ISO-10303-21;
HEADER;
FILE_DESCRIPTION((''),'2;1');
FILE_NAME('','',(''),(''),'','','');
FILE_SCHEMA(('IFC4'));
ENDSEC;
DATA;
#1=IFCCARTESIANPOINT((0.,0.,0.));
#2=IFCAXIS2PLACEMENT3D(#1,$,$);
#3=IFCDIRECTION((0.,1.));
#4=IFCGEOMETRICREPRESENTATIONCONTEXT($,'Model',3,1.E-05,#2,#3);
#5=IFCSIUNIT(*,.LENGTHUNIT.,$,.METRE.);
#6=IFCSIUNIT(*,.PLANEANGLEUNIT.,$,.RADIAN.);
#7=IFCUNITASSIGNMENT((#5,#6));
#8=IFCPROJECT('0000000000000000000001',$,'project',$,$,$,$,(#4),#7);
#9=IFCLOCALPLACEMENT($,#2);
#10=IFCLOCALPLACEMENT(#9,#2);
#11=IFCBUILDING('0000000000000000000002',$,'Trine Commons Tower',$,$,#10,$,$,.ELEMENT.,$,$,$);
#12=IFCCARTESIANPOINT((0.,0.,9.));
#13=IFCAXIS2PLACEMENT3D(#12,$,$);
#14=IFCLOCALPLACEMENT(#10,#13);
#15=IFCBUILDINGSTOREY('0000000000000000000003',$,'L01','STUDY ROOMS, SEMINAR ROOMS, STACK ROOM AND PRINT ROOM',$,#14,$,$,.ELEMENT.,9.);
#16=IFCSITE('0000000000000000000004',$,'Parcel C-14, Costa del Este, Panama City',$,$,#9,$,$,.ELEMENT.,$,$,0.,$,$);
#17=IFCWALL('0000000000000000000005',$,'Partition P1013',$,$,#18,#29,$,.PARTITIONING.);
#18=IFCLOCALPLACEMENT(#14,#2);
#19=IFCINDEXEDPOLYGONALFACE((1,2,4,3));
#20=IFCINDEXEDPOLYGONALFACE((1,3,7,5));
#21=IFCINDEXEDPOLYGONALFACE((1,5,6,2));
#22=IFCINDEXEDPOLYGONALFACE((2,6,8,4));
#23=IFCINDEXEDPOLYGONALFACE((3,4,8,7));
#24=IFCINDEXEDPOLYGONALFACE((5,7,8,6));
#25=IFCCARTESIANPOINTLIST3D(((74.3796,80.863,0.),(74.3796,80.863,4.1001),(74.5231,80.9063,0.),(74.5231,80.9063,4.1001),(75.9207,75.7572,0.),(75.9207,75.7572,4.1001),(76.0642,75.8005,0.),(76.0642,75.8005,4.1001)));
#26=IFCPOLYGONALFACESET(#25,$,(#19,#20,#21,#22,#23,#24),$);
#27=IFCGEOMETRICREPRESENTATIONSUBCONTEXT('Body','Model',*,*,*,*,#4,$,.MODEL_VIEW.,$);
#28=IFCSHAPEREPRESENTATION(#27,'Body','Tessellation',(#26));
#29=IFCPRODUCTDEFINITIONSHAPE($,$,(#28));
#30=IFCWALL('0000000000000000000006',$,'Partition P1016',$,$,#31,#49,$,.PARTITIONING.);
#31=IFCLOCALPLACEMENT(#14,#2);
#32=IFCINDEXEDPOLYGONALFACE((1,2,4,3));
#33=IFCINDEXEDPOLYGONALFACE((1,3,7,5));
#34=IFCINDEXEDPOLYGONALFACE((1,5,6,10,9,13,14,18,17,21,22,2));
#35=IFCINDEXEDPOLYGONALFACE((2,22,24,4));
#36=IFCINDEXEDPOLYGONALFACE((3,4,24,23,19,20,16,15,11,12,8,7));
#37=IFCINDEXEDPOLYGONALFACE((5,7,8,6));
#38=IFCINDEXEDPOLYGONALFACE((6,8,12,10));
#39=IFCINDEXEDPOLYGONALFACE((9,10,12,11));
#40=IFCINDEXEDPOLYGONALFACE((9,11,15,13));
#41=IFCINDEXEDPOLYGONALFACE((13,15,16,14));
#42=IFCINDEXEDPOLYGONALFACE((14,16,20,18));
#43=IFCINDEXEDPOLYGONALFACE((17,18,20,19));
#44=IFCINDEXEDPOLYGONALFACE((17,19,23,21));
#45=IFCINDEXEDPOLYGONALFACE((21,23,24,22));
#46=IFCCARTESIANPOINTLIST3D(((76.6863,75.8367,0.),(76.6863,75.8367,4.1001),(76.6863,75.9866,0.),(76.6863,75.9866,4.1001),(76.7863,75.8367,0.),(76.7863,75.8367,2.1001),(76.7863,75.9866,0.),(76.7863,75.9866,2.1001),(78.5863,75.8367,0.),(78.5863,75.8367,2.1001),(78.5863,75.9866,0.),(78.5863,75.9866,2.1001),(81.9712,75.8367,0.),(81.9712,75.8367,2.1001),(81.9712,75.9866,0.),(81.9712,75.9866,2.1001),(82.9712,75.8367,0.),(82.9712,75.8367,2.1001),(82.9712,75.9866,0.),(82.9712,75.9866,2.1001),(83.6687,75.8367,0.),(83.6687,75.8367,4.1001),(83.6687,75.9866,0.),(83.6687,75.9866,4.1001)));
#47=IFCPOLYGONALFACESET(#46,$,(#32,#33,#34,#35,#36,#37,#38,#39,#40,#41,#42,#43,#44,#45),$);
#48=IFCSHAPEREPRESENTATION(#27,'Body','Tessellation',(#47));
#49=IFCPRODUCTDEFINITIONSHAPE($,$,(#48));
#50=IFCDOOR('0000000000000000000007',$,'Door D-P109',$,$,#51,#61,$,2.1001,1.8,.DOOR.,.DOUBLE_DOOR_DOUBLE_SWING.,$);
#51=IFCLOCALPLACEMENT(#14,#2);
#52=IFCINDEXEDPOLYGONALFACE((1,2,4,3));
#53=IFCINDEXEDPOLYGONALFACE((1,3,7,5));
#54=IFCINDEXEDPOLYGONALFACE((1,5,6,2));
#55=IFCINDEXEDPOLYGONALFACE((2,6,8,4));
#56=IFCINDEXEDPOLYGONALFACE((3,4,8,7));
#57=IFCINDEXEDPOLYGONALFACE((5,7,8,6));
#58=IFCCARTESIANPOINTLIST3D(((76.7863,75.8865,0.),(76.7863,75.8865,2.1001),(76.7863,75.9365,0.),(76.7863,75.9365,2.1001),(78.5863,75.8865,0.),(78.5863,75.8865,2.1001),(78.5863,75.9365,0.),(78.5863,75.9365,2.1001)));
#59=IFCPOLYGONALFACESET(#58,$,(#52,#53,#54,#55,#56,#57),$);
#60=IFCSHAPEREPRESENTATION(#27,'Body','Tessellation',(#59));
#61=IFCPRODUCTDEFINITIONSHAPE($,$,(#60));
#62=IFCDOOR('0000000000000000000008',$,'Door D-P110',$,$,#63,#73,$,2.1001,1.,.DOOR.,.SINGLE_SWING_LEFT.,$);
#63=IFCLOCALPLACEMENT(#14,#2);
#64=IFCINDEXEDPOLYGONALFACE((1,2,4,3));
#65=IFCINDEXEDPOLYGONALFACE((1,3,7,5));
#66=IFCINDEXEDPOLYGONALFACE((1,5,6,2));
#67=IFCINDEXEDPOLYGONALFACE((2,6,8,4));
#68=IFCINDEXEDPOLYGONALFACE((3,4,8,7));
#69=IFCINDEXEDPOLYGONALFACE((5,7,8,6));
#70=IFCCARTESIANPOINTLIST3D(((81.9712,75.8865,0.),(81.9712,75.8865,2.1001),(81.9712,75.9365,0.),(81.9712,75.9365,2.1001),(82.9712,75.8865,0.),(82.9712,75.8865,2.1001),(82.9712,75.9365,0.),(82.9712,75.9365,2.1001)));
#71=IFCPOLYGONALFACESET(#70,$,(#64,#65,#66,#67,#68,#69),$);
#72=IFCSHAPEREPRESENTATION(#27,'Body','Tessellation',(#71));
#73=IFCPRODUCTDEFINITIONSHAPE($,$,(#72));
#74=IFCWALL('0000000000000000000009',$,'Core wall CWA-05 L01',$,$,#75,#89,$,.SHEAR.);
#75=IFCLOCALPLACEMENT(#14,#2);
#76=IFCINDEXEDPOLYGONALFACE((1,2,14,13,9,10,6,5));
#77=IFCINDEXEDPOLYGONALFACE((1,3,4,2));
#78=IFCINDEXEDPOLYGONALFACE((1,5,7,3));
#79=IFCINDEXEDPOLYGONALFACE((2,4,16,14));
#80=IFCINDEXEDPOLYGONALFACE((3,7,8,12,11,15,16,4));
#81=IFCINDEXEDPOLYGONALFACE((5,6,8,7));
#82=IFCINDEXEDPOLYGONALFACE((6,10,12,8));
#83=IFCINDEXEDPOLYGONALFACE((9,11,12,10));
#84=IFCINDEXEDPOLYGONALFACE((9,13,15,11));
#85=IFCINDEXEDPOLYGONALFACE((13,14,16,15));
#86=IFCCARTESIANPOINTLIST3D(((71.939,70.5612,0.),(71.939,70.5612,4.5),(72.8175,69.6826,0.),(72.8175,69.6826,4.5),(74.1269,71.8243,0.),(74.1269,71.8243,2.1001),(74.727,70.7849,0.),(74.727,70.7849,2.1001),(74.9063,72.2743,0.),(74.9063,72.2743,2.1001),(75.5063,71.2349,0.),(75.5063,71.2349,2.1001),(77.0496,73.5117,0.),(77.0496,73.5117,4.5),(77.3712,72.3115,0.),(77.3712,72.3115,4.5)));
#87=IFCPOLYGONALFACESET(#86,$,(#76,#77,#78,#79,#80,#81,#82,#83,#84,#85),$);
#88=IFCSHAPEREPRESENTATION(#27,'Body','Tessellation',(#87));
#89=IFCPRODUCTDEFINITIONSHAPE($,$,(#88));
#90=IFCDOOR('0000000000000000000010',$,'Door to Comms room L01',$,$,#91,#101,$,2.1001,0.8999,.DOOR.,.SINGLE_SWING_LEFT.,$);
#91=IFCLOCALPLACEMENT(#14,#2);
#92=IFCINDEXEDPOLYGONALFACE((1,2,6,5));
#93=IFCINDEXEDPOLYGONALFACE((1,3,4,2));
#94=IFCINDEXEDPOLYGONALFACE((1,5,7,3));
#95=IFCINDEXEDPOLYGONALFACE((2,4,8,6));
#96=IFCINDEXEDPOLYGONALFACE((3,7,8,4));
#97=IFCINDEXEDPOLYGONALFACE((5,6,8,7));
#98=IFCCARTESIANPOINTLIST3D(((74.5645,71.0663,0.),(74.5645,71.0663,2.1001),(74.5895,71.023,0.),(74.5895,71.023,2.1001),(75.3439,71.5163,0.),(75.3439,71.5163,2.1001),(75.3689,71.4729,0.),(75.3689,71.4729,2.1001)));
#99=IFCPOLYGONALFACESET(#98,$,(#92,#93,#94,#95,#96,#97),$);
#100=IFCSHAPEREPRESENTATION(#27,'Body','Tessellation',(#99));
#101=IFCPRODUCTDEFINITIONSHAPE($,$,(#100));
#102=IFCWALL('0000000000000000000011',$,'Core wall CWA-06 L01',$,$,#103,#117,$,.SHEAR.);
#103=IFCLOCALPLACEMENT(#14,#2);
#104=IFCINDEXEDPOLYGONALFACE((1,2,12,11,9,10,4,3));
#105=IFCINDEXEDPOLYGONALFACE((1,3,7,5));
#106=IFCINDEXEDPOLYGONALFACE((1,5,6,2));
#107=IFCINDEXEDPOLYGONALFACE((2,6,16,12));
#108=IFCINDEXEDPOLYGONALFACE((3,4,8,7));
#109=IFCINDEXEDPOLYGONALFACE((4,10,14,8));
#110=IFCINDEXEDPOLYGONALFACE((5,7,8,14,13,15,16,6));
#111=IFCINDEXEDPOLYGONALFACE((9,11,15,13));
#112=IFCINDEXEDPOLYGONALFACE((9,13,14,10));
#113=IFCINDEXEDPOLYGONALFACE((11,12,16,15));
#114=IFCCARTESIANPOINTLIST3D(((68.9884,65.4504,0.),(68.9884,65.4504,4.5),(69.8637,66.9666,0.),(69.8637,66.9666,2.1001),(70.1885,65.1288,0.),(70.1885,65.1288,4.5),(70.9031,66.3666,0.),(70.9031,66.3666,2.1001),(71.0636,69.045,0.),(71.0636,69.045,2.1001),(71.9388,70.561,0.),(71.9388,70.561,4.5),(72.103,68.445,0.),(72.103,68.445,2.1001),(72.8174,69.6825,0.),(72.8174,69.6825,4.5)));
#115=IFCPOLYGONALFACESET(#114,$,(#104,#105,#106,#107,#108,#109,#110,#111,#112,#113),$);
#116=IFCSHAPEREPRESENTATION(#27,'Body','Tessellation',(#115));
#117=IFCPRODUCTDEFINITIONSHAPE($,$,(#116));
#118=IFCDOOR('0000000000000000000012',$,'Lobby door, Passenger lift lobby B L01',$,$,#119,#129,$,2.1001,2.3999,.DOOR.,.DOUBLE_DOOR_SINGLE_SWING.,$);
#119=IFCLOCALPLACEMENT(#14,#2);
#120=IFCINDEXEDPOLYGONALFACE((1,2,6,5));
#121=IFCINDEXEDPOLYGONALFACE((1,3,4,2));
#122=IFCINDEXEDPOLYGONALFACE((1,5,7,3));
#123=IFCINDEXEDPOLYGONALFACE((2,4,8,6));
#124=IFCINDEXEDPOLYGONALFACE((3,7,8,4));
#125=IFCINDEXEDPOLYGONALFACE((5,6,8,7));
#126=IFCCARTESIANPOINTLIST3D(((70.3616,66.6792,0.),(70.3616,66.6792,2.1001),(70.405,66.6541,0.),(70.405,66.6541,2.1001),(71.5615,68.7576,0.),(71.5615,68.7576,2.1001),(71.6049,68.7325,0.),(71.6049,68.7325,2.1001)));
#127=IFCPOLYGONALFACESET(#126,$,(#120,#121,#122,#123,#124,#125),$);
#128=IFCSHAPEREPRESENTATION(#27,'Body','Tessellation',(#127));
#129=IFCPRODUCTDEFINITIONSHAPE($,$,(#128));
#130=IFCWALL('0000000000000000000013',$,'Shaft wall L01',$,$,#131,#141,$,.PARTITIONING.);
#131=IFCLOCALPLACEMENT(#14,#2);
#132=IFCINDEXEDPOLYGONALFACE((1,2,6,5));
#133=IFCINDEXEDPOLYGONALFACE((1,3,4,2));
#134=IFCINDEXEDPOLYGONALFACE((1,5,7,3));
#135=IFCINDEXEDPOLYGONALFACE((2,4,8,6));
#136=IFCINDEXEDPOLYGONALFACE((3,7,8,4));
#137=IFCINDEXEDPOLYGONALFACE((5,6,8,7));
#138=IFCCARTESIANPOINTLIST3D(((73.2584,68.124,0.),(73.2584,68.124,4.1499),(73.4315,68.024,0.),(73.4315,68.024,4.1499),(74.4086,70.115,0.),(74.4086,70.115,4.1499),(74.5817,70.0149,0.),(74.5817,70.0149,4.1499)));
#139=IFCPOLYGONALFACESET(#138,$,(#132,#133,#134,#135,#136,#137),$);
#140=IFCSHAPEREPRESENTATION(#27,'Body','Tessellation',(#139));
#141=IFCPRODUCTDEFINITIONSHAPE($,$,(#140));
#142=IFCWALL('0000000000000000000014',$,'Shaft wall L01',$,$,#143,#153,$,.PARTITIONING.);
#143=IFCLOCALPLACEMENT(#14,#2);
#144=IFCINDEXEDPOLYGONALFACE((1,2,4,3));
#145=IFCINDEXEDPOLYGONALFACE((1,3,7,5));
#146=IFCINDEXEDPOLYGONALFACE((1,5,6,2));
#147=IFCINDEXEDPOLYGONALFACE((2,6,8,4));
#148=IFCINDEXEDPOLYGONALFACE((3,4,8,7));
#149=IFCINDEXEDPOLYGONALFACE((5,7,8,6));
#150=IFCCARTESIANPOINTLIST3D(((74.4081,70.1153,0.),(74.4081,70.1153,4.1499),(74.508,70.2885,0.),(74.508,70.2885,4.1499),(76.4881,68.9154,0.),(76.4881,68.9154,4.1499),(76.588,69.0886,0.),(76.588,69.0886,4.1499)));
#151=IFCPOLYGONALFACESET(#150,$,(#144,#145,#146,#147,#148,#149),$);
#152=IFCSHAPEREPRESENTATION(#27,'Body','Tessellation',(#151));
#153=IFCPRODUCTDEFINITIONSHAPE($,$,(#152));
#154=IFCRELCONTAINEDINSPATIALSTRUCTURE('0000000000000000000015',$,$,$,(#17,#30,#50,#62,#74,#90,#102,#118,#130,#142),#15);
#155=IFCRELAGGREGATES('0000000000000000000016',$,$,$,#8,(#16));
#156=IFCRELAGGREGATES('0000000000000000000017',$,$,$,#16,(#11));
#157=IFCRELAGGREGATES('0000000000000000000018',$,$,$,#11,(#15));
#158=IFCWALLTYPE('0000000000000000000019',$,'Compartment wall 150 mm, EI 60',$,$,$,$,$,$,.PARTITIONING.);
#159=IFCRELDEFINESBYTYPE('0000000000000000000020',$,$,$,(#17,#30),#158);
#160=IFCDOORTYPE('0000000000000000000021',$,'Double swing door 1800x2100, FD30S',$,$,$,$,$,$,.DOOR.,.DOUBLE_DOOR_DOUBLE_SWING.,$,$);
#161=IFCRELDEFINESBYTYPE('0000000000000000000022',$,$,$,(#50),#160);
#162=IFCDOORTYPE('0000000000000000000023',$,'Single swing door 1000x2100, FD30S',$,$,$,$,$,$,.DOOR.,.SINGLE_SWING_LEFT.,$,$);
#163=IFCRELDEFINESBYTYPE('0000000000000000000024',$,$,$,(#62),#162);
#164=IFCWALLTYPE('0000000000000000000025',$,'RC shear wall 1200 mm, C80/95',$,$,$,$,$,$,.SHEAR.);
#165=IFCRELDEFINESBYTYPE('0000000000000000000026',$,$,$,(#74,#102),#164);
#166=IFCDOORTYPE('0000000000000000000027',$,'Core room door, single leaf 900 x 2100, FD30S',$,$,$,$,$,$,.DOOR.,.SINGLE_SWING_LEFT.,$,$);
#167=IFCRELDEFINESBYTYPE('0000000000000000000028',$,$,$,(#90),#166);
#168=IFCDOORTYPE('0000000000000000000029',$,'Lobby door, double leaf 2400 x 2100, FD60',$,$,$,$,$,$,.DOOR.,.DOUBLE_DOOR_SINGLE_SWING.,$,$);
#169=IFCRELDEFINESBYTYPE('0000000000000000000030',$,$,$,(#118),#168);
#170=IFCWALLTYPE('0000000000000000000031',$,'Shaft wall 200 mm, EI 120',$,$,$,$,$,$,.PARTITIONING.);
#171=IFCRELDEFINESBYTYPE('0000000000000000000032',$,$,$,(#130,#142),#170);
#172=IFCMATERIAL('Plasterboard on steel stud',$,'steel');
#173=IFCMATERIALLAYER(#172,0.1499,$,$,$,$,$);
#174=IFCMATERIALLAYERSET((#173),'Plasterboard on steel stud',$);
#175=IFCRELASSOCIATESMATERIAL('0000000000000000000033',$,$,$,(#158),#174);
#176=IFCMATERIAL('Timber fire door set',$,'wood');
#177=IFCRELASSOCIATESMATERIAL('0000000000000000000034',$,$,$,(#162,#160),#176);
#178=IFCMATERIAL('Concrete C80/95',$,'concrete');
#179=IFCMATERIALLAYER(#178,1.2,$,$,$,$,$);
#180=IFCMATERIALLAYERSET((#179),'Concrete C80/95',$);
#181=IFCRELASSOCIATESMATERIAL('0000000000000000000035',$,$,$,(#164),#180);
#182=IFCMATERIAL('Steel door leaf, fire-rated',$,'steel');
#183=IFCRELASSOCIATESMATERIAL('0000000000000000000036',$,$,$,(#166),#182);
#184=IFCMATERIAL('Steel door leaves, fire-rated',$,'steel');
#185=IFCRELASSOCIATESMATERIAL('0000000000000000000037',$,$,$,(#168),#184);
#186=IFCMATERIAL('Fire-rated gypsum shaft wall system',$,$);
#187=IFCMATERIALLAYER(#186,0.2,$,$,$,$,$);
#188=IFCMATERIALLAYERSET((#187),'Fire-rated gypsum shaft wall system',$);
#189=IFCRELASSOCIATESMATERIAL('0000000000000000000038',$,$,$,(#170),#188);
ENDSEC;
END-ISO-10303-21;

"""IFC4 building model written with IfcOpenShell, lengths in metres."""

from ifc_helpers import new_model, si_unit, direction, frame, frame_2d, origin, place, context, subcontext, project, spatial, polyline, rectangle, outline, extrude, material, layer, layer_set, type_object, element, fill, save


model = new_model("IFC4")

# Units and contexts
model_context = context("Model", 3, precision=1e-05, world=origin(), true_north=direction((0.0, 1.0)))
body_context = subcontext(model_context, "Body", "Model", "MODEL_VIEW")
ifc_project = project(units=[si_unit("LENGTHUNIT", "METRE"), si_unit("PLANEANGLEUNIT", "RADIAN")], contexts=[model_context])

# Site, building, storey
site_placement = place(None, origin())
site = spatial("IfcSite", under=ifc_project, at=site_placement, Name="Parcel C-14, Costa del Este, Panama City", CompositionType="ELEMENT", RefElevation=0.0)
building_placement = place(site_placement, origin())
building = spatial("IfcBuilding", under=site, at=building_placement, Name="Trine Commons Tower", CompositionType="ELEMENT")
storey_placement = place(building_placement, frame((0.0, 0.0, 9.0)))
storey = spatial("IfcBuildingStorey", under=building, at=storey_placement, Name="L01", Description="STUDY ROOMS, SEMINAR ROOMS, STACK ROOM AND PRINT ROOM", CompositionType="ELEMENT", Elevation=9.0)

# Shared definitions
ifc_material_1 = material(Name="Concrete C80/95", Category="concrete")

# Shared definitions
ifc_material_2 = material(Name="Plasterboard on steel stud", Category="steel")
ifc_layer_1 = layer(ifc_material_2, 0.1499)
ifc_layer_set_1 = layer_set([ifc_layer_1], Name="Plasterboard on steel stud")
wall_type_1 = type_object("IfcWallType", Name="Compartment wall 150 mm, EI 60", PredefinedType="PARTITIONING", material=ifc_layer_set_1)
ifc_material_3 = material(Name="Timber fire door set", Category="wood")
door_type_1 = type_object("IfcDoorType", Name="Single swing door 1000x2100, FD30S", OperationType="SINGLE_SWING_LEFT", PredefinedType="DOOR", material=ifc_material_3)

# Wall
wall_1_placement = place(storey_placement, frame((74.4514, 80.8845, 0.0), z_axis=(0.0, 0.0, 1.0), x_axis=(0.288948, -0.957345, 0.0)))
element("IfcWall", 1, at=wall_1_placement, inside=storey, type_object=wall_type_1, Name="Partition P1013", PredefinedType="PARTITIONING", context=body_context, shape_type="SweptSolid", body=[
    extrude(rectangle(XDim=5.3333, YDim=0.1499, at=frame_2d((2.6665, 0.0))), origin(), (0.0, 0.0, 1.0), 4.1001),
])

# Wall, openings, doors
wall_2_placement = place(storey_placement, frame((76.6863, 75.9116, 0.0), z_axis=(0.0, 0.0, 1.0), x_axis=(1.0, 0.0, 0.0)))
wall_2 = element("IfcWall", 2, at=wall_2_placement, inside=storey, type_object=wall_type_1, Name="Partition P1016", PredefinedType="PARTITIONING", context=body_context, shape_type="SweptSolid", body=[
    extrude(rectangle(XDim=6.9824, YDim=0.1499, at=frame_2d((3.4912, 0.0))), origin(), (0.0, 0.0, 1.0), 4.1001),
])
opening_1_placement = place(wall_2_placement, frame((0.1001, 0.0, 0.0)))
opening_1 = element("IfcOpeningElement", 3, at=opening_1_placement, cuts=wall_2, PredefinedType="OPENING", context=body_context, shape_type="SweptSolid", body=[
    extrude(rectangle(XDim=1.8, YDim=2.1001, at=frame_2d((0.8999, 1.05))), frame((0.0, 0.085, 0.0), z_axis=(0.0, -1.0, 0.0), x_axis=(1.0, 0.0, 0.0)), (0.0, 0.0, 1.0), 0.1699),
])
opening_2_placement = place(wall_2_placement, frame((5.2849, 0.0, 0.0)))
opening_2 = element("IfcOpeningElement", 4, at=opening_2_placement, cuts=wall_2, PredefinedType="OPENING", context=body_context, shape_type="SweptSolid", body=[
    extrude(rectangle(XDim=1.0, YDim=2.1001, at=frame_2d((0.5, 1.05))), frame((0.0, 0.085, 0.0), z_axis=(0.0, -1.0, 0.0), x_axis=(1.0, 0.0, 0.0)), (0.0, 0.0, 1.0), 0.1699),
])
door_type_2 = type_object("IfcDoorType", Name="Double swing door 1800x2100, FD30S", OperationType="DOUBLE_DOOR_DOUBLE_SWING", PredefinedType="DOOR", material=ifc_material_3)
door_1_placement = place(opening_1_placement, origin())
door_1 = element("IfcDoor", 5, at=door_1_placement, inside=storey, type_object=door_type_2, Name="Door D-P109", OperationType="DOUBLE_DOOR_DOUBLE_SWING", OverallHeight=2.1001, OverallWidth=1.8, PredefinedType="DOOR", context=body_context, shape_type="SweptSolid", body=[
    extrude(rectangle(XDim=1.8, YDim=2.1001, at=frame_2d((0.8999, 1.05))), frame((0.0, 0.0249, 0.0), z_axis=(0.0, -1.0, 0.0), x_axis=(1.0, 0.0, 0.0)), (0.0, 0.0, 1.0), 0.05),
])
fill(opening_1, door_1)
door_2_placement = place(opening_2_placement, origin())
door_2 = element("IfcDoor", 6, at=door_2_placement, inside=storey, type_object=door_type_1, Name="Door D-P110", OperationType="SINGLE_SWING_LEFT", OverallHeight=2.1001, OverallWidth=1.0, PredefinedType="DOOR", context=body_context, shape_type="SweptSolid", body=[
    extrude(rectangle(XDim=1.0, YDim=2.1001, at=frame_2d((0.5, 1.05))), frame((0.0, 0.0249, 0.0), z_axis=(0.0, -1.0, 0.0), x_axis=(1.0, 0.0, 0.0)), (0.0, 0.0, 1.0), 0.05),
])
fill(opening_2, door_2)

# Walls, openings, doors
ifc_layer_2 = layer(ifc_material_1, 1.2)
ifc_layer_set_2 = layer_set([ifc_layer_2], Name="Concrete C80/95")
wall_type_2 = type_object("IfcWallType", Name="RC shear wall 1200 mm, C80/95", PredefinedType="SHEAR", material=ifc_layer_set_2)
wall_3_placement = place(storey_placement, frame((77.3496, 72.9919, 0.0), z_axis=(0.0, 0.0, 1.0), x_axis=(-0.866037, -0.499979, 0.0)))
wall_3 = element("IfcWall", 7, at=wall_3_placement, inside=storey, type_object=wall_type_2, Name="Core wall CWA-05 L01", PredefinedType="SHEAR", context=body_context, shape_type="SweptSolid", body=[
    extrude(outline(polyline([(0.0, -0.6001), (5.9011, -0.6001), (5.5796, 0.6001), (0.3215, 0.6001), (0.0, -0.6001)])), origin(), (0.0, 0.0, 1.0), 4.5),
])
opening_3_placement = place(wall_3_placement, frame((2.4749, 0.0, 0.0)))
opening_3 = element("IfcOpeningElement", 8, at=opening_3_placement, cuts=wall_3, PredefinedType="OPENING", context=body_context, shape_type="SweptSolid", body=[
    extrude(rectangle(XDim=0.8999, YDim=2.1001, at=frame_2d((0.45, 1.05))), frame((0.0, 0.6099, 0.0), z_axis=(0.0, -1.0, 0.0), x_axis=(1.0, 0.0, 0.0)), (0.0, 0.0, 1.0), 1.22),
])
ifc_material_4 = material(Name="Steel door leaf, fire-rated", Category="steel")
door_type_3 = type_object("IfcDoorType", Name="Core room door, single leaf 900 x 2100, FD30S", OperationType="SINGLE_SWING_LEFT", PredefinedType="DOOR", material=ifc_material_4)
door_3_placement = place(opening_3_placement, origin())
door_3 = element("IfcDoor", 9, at=door_3_placement, inside=storey, type_object=door_type_3, Name="Door to Comms room L01", OperationType="SINGLE_SWING_LEFT", OverallHeight=2.1001, OverallWidth=0.8999, PredefinedType="DOOR", context=body_context, shape_type="SweptSolid", body=[
    extrude(rectangle(XDim=0.8999, YDim=2.1001, at=frame_2d((0.45, 1.05))), frame((0.0, 0.3252, 0.0), z_axis=(0.0, -1.0, 0.0), x_axis=(1.0, 0.0, 0.0)), (0.0, 0.0, 1.0), 0.05),
])
fill(opening_3, door_3)
wall_4_placement = place(storey_placement, frame((72.4585, 70.261, 0.0), z_axis=(0.0, 0.0, 1.0), x_axis=(-0.499979, -0.866037, 0.0)))
wall_4 = element("IfcWall", 10, at=wall_4_placement, inside=storey, type_object=wall_type_2, Name="Core wall CWA-06 L01", PredefinedType="SHEAR", context=body_context, shape_type="SweptSolid", body=[
    extrude(outline(polyline([(0.0, -0.6001), (5.9011, -0.6001), (5.5796, 0.6001), (0.3215, 0.6001), (0.0, -0.6001)])), origin(), (0.0, 0.0, 1.0), 4.5),
])
opening_4_placement = place(wall_4_placement, frame((1.7505, 0.0, 0.0)))
opening_4 = element("IfcOpeningElement", 11, at=opening_4_placement, cuts=wall_4, PredefinedType="OPENING", context=body_context, shape_type="SweptSolid", body=[
    extrude(rectangle(XDim=2.3999, YDim=2.1001, at=frame_2d((1.2, 1.05))), frame((0.0, 0.6099, 0.0), z_axis=(0.0, -1.0, 0.0), x_axis=(1.0, 0.0, 0.0)), (0.0, 0.0, 1.0), 1.22),
])
ifc_material_5 = material(Name="Steel door leaves, fire-rated", Category="steel")
door_type_4 = type_object("IfcDoorType", Name="Lobby door, double leaf 2400 x 2100, FD60", OperationType="DOUBLE_DOOR_SINGLE_SWING", PredefinedType="DOOR", material=ifc_material_5)
door_4_placement = place(opening_4_placement, origin())
door_4 = element("IfcDoor", 12, at=door_4_placement, inside=storey, type_object=door_type_4, Name="Lobby door, Passenger lift lobby B L01", OperationType="DOUBLE_DOOR_SINGLE_SWING", OverallHeight=2.1001, OverallWidth=2.3999, PredefinedType="DOOR", context=body_context, shape_type="SweptSolid", body=[
    extrude(rectangle(XDim=2.3999, YDim=2.1001, at=frame_2d((1.2, 1.05))), frame((0.0, 0.0249, 0.0), z_axis=(0.0, -1.0, 0.0), x_axis=(1.0, 0.0, 0.0)), (0.0, 0.0, 1.0), 0.05),
])
fill(opening_4, door_4)

# Walls
ifc_material_6 = material(Name="Fire-rated gypsum shaft wall system")
ifc_layer_3 = layer(ifc_material_6, 0.2)
ifc_layer_set_3 = layer_set([ifc_layer_3], Name="Fire-rated gypsum shaft wall system")
wall_type_3 = type_object("IfcWallType", Name="Shaft wall 200 mm, EI 120", PredefinedType="PARTITIONING", material=ifc_layer_set_3)
wall_5_placement = place(storey_placement, frame((73.345, 68.074, 0.0), z_axis=(0.0, 0.0, 1.0), x_axis=(0.500216, 0.865901, 0.0)))
element("IfcWall", 13, at=wall_5_placement, inside=storey, type_object=wall_type_3, Name="Shaft wall L01", PredefinedType="PARTITIONING", context=body_context, shape_type="SweptSolid", body=[
    extrude(rectangle(XDim=2.2993, YDim=0.2, at=frame_2d((1.1497, 0.0))), origin(), (0.0, 0.0, 1.0), 4.1499),
])
wall_6_placement = place(storey_placement, frame((76.5381, 69.002, 0.0), z_axis=(0.0, 0.0, 1.0), x_axis=(-0.866203, 0.499693, 0.0)))
element("IfcWall", 14, at=wall_6_placement, inside=storey, type_object=wall_type_3, Name="Shaft wall L01", PredefinedType="PARTITIONING", context=body_context, shape_type="SweptSolid", body=[
    extrude(rectangle(XDim=2.4014, YDim=0.2, at=frame_2d((1.2007, 0.0))), origin(), (0.0, 0.0, 1.0), 4.1499),
])

save(model, "model.ifc")
